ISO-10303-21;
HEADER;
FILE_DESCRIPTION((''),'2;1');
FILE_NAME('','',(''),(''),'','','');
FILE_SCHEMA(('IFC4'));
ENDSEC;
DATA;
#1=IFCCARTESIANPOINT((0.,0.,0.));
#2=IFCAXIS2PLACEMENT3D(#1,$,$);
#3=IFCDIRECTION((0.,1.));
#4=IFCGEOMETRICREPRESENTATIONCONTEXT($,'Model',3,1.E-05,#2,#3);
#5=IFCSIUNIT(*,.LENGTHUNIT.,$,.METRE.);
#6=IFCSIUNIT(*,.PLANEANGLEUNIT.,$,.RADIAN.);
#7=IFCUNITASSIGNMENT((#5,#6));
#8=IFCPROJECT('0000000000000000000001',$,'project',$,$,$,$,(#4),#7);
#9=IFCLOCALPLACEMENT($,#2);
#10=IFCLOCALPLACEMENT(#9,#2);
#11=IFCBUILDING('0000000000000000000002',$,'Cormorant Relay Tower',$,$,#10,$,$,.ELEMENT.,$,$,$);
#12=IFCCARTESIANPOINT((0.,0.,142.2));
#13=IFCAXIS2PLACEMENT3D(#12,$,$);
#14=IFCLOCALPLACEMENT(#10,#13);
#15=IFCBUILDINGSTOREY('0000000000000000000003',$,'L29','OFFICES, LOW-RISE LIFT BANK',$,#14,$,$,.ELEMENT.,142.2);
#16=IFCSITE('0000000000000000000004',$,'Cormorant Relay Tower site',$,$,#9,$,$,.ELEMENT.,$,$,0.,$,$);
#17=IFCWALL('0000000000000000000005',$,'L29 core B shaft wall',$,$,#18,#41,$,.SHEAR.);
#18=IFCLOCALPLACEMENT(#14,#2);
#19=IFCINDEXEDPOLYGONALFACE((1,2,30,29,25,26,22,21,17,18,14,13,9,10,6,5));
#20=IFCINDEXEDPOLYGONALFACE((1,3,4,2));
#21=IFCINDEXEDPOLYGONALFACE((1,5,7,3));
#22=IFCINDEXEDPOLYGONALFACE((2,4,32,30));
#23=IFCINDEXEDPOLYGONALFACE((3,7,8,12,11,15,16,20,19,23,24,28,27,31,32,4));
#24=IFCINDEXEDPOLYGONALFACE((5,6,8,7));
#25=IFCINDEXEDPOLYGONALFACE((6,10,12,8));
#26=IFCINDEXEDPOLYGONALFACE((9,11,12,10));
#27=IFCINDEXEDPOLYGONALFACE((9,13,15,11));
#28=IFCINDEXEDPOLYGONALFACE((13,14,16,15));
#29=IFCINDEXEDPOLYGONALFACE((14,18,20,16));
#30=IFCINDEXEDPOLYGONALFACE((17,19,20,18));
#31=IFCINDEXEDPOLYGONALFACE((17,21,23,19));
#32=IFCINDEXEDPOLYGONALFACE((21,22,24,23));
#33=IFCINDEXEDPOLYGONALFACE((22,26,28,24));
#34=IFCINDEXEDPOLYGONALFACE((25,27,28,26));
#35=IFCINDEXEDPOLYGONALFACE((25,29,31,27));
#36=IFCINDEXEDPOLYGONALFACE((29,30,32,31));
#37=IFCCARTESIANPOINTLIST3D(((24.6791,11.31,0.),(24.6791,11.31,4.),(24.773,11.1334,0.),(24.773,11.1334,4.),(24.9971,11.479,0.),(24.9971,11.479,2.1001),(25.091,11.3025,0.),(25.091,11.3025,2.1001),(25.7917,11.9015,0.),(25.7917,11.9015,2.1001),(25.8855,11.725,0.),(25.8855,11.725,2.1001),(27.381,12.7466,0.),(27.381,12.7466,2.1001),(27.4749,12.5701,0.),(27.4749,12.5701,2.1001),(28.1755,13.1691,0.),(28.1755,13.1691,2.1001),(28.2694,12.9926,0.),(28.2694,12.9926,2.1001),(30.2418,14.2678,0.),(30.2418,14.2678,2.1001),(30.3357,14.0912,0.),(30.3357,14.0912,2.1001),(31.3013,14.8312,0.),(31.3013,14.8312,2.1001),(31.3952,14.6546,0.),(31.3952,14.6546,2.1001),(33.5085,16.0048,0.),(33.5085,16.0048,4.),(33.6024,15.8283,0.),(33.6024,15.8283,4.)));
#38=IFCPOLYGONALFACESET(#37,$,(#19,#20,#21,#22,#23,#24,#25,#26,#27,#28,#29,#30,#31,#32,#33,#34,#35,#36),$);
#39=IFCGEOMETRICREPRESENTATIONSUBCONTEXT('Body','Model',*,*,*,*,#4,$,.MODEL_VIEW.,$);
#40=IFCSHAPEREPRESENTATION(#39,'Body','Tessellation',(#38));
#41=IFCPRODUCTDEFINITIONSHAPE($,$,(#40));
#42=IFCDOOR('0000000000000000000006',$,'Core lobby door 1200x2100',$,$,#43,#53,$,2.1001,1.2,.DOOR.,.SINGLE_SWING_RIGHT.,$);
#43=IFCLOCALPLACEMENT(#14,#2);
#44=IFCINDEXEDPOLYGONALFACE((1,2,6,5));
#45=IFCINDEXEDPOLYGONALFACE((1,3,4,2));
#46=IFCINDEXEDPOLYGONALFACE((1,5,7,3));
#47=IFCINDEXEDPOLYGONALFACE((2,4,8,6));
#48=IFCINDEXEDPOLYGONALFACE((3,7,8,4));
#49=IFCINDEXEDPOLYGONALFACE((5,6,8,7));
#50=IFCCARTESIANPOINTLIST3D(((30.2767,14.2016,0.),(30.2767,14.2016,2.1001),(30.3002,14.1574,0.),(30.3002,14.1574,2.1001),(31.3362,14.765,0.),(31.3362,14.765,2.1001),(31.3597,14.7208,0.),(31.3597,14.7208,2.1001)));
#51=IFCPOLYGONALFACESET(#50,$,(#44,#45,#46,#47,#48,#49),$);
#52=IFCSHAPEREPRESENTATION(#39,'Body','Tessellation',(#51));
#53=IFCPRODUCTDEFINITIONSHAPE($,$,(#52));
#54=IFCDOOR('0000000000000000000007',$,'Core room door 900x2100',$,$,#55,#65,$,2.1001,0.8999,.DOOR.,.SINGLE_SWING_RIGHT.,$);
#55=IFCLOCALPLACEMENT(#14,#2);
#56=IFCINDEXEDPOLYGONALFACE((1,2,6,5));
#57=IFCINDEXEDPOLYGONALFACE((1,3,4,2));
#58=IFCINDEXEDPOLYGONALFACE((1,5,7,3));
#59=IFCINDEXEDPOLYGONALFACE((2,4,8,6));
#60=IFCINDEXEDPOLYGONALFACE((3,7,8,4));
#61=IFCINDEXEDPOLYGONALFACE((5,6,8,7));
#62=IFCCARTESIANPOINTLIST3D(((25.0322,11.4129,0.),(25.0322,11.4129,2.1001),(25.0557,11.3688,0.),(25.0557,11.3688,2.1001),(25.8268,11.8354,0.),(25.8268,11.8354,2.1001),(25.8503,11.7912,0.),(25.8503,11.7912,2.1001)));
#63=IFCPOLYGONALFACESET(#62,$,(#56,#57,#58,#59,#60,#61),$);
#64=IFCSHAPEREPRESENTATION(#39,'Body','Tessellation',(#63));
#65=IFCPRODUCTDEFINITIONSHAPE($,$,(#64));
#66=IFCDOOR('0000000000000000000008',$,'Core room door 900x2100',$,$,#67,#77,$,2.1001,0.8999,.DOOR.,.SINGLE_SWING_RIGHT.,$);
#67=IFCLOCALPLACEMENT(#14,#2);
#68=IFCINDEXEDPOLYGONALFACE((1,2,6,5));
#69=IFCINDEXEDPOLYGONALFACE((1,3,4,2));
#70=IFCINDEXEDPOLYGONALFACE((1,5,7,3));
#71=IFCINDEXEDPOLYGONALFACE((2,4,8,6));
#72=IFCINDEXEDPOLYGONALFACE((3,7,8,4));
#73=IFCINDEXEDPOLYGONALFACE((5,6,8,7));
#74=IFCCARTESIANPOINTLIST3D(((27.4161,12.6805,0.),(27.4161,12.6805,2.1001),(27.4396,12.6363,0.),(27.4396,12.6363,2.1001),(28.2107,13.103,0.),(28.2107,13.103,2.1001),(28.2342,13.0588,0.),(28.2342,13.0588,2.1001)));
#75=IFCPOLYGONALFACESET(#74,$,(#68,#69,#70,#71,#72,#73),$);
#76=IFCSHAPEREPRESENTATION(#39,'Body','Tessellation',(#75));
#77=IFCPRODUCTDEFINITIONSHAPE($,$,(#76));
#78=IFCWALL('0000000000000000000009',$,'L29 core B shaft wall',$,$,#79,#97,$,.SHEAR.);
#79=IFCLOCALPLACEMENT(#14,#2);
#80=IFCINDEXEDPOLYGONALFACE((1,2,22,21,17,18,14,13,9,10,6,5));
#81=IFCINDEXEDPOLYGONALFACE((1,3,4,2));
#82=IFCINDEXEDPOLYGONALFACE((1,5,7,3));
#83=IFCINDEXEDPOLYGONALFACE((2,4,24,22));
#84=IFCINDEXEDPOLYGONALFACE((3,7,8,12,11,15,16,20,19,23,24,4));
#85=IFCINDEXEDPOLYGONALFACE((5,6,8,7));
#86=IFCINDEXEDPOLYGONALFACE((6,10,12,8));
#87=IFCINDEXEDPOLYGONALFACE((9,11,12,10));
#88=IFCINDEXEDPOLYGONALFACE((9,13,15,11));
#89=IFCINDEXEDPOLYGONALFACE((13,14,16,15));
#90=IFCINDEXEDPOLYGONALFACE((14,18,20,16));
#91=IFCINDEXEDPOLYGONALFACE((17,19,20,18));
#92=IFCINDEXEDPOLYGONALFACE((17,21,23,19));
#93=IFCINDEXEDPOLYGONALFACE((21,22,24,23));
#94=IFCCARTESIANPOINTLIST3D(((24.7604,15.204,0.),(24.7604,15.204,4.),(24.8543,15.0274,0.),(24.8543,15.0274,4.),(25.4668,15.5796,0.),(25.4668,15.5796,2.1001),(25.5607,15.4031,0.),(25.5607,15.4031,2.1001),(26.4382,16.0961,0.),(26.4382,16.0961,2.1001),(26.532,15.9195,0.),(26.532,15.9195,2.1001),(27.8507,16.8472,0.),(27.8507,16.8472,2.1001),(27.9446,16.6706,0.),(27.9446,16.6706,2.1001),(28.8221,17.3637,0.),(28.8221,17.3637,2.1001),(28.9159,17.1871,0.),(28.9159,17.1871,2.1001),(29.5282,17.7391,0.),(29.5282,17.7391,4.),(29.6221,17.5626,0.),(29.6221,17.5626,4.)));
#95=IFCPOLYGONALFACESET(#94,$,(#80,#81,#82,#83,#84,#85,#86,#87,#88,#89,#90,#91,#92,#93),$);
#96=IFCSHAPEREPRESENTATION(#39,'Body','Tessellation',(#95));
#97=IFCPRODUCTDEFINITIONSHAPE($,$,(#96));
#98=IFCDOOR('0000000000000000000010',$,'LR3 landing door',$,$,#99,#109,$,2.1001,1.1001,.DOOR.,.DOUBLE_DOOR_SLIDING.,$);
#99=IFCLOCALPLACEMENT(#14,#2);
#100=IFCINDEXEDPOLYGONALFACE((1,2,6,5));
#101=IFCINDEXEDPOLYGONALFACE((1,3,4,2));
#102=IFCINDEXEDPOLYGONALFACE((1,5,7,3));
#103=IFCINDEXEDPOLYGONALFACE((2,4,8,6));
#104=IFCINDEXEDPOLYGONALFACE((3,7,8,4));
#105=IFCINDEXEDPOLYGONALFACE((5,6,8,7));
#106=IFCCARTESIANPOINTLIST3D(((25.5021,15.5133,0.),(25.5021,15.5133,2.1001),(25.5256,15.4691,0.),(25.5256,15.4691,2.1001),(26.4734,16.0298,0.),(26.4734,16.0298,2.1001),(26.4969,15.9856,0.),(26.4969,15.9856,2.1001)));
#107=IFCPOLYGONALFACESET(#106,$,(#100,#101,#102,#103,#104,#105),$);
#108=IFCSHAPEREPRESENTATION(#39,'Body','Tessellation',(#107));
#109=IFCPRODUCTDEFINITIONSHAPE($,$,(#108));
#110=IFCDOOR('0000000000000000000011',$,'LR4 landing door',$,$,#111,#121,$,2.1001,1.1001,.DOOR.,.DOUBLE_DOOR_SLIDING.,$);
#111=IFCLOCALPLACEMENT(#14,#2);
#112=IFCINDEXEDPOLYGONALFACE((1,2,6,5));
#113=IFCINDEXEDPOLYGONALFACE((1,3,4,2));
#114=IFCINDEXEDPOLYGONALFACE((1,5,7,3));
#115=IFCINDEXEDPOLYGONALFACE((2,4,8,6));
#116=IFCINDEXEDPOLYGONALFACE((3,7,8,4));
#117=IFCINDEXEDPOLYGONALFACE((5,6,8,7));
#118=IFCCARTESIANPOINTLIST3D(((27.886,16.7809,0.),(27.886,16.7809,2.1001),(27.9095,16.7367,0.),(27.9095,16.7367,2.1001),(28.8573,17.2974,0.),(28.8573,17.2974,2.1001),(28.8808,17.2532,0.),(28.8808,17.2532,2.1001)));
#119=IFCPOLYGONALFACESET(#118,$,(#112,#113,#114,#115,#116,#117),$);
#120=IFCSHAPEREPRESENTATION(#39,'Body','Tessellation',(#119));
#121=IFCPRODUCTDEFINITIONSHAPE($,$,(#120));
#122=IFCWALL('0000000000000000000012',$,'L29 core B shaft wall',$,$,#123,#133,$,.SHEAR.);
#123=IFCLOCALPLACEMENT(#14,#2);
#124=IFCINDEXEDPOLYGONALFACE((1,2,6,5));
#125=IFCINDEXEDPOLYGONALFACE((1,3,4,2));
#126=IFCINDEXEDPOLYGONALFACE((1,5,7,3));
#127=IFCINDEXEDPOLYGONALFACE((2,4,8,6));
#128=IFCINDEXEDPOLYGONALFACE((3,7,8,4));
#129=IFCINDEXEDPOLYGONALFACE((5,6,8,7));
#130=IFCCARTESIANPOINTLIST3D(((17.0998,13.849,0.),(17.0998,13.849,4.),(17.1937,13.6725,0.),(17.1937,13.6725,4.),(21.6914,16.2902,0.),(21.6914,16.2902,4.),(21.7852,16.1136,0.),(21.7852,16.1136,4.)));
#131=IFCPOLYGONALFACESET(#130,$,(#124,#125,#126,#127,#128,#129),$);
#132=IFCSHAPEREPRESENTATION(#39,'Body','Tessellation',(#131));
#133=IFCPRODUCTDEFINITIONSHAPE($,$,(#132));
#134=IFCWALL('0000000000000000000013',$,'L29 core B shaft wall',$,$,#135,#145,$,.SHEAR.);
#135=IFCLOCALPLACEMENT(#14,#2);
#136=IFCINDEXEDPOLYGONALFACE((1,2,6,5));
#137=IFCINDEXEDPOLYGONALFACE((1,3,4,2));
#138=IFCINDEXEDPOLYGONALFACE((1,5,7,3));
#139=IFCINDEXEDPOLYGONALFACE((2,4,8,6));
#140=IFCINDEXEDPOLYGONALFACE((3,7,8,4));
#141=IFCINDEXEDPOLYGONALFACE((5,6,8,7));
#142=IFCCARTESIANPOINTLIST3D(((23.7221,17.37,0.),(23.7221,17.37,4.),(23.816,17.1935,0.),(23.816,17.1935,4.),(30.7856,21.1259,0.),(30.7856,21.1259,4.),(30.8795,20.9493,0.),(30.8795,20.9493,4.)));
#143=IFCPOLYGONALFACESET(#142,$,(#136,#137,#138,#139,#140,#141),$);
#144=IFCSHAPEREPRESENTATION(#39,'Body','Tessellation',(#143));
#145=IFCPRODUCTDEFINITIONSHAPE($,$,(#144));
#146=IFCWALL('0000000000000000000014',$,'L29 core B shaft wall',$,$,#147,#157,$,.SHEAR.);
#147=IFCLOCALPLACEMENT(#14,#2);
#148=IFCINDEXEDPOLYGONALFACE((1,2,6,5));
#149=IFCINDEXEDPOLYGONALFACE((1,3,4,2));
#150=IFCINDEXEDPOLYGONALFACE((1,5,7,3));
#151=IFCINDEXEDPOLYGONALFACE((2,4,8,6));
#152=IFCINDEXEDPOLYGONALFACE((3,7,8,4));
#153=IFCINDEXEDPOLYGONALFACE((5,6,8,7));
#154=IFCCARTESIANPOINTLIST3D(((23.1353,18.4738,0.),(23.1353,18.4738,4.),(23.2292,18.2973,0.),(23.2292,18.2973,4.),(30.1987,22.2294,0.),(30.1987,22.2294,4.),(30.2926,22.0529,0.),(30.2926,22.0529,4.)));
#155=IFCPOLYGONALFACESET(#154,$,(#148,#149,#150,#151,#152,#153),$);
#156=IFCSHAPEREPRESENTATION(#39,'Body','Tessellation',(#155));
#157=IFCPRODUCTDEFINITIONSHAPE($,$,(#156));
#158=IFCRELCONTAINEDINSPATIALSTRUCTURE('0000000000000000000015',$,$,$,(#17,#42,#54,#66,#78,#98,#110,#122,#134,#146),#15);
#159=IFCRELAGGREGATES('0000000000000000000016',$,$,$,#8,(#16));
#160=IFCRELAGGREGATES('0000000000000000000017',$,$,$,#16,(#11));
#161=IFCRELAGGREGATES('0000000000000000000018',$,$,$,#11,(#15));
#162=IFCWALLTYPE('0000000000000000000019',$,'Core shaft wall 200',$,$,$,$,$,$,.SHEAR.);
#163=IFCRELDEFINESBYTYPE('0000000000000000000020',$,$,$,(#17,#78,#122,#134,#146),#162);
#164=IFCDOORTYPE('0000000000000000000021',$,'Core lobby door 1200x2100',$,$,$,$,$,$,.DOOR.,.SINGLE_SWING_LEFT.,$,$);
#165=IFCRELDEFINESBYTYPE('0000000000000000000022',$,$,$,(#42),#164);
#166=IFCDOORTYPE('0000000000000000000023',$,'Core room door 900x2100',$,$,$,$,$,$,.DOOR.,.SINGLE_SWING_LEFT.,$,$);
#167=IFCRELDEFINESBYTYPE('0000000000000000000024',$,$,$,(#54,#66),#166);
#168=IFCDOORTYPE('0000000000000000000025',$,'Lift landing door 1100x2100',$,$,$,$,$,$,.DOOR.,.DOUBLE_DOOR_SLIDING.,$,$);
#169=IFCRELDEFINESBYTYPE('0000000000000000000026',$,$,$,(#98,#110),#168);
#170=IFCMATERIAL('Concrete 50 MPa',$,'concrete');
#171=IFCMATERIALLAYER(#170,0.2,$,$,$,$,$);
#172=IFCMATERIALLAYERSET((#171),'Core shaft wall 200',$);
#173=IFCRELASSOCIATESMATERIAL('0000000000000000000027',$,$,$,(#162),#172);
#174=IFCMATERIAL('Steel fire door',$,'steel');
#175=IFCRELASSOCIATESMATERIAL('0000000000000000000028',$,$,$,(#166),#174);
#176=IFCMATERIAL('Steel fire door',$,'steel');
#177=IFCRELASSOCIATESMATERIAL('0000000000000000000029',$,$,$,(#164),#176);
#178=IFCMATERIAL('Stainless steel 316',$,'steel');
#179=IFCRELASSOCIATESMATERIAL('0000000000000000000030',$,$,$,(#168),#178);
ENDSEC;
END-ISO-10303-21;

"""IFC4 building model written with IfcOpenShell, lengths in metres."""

from ifc_helpers import new_model, si_unit, direction, frame, frame_2d, origin, place, context, subcontext, project, spatial, rectangle, extrude, material, layer, layer_set, type_object, element, fill, save


model = new_model("IFC4")

# Units and contexts
model_context = context("Model", 3, precision=1e-05, world=origin(), true_north=direction((0.0, 1.0)))
body_context = subcontext(model_context, "Body", "Model", "MODEL_VIEW")
ifc_project = project(units=[si_unit("LENGTHUNIT", "METRE"), si_unit("PLANEANGLEUNIT", "RADIAN")], contexts=[model_context])

# Site, building, storey
site_placement = place(None, origin())
site = spatial("IfcSite", under=ifc_project, at=site_placement, Name="Cormorant Relay Tower site", CompositionType="ELEMENT", RefElevation=0.0)
building_placement = place(site_placement, origin())
building = spatial("IfcBuilding", under=site, at=building_placement, Name="Cormorant Relay Tower", CompositionType="ELEMENT")
storey_placement = place(building_placement, frame((0.0, 0.0, 142.2)))
storey = spatial("IfcBuildingStorey", under=building, at=storey_placement, Name="L29", Description="OFFICES, LOW-RISE LIFT BANK", CompositionType="ELEMENT", Elevation=142.2)

# Shared definitions
ifc_material_1 = material(Name="Concrete 50 MPa", Category="concrete")
ifc_layer_1 = layer(ifc_material_1, 0.2)
ifc_layer_set_1 = layer_set([ifc_layer_1], Name="Core shaft wall 200")
wall_type_1 = type_object("IfcWallType", Name="Core shaft wall 200", PredefinedType="SHEAR", material=ifc_layer_set_1)

# Shared definitions
ifc_material_2 = material(Name="Steel fire door", Category="steel")
door_type_1 = type_object("IfcDoorType", Name="Core room door 900x2100", OperationType="SINGLE_SWING_LEFT", PredefinedType="DOOR", material=ifc_material_2)

# Walls, openings, doors
wall_1_placement = place(storey_placement, frame((24.7261, 11.2217, 0.0), z_axis=(0.0, 0.0, 1.0), x_axis=(0.88294, 0.469485, 0.0)))
wall_1 = element("IfcWall", 1, at=wall_1_placement, inside=storey, type_object=wall_type_1, Name="L29 core B shaft wall", PredefinedType="SHEAR", context=body_context, shape_type="SweptSolid", body=[
    extrude(rectangle(XDim=10.0, YDim=0.2, at=frame_2d((5.0, 0.0))), origin(), (0.0, 0.0, 1.0), 4.0),
])
opening_1_placement = place(wall_1_placement, frame((6.3, 0.0, 0.0)))
opening_1 = element("IfcOpeningElement", 2, at=opening_1_placement, cuts=wall_1, PredefinedType="OPENING", context=body_context, shape_type="SweptSolid", body=[
    extrude(rectangle(XDim=1.2, YDim=2.1001, at=frame_2d((0.6001, 1.05))), frame((0.0, 0.1099, 0.0), z_axis=(0.0, -1.0, 0.0), x_axis=(1.0, 0.0, 0.0)), (0.0, 0.0, 1.0), 0.22),
])
opening_2_placement = place(wall_1_placement, frame((0.3601, 0.0, 0.0)))
opening_2 = element("IfcOpeningElement", 3, at=opening_2_placement, cuts=wall_1, PredefinedType="OPENING", context=body_context, shape_type="SweptSolid", body=[
    extrude(rectangle(XDim=0.8999, YDim=2.1001, at=frame_2d((0.45, 1.05))), frame((0.0, 0.1099, 0.0), z_axis=(0.0, -1.0, 0.0), x_axis=(1.0, 0.0, 0.0)), (0.0, 0.0, 1.0), 0.22),
])
opening_3_placement = place(wall_1_placement, frame((3.0601, 0.0, 0.0)))
opening_3 = element("IfcOpeningElement", 4, at=opening_3_placement, cuts=wall_1, PredefinedType="OPENING", context=body_context, shape_type="SweptSolid", body=[
    extrude(rectangle(XDim=0.8999, YDim=2.1001, at=frame_2d((0.45, 1.05))), frame((0.0, 0.1099, 0.0), z_axis=(0.0, -1.0, 0.0), x_axis=(1.0, 0.0, 0.0)), (0.0, 0.0, 1.0), 0.22),
])
ifc_material_3 = material(Name="Steel fire door", Category="steel")
door_type_2 = type_object("IfcDoorType", Name="Core lobby door 1200x2100", OperationType="SINGLE_SWING_LEFT", PredefinedType="DOOR", material=ifc_material_3)
door_1_placement = place(opening_1_placement, frame((1.2, 0.0, 0.0), z_axis=(0.0, 0.0, 1.0), x_axis=(-1.0, 0.0, 0.0)))
door_1 = element("IfcDoor", 5, at=door_1_placement, inside=storey, type_object=door_type_2, Name="Core lobby door 1200x2100", OperationType="SINGLE_SWING_RIGHT", OverallHeight=2.1001, OverallWidth=1.2, PredefinedType="DOOR", context=body_context, shape_type="SweptSolid", body=[
    extrude(rectangle(XDim=1.2, YDim=2.1001, at=frame_2d((0.6001, 1.05))), frame((0.0, 0.0249, 0.0), z_axis=(0.0, -1.0, 0.0), x_axis=(1.0, 0.0, 0.0)), (0.0, 0.0, 1.0), 0.05),
])
fill(opening_1, door_1)
door_2_placement = place(opening_2_placement, frame((0.8999, 0.0, 0.0), z_axis=(0.0, 0.0, 1.0), x_axis=(-1.0, 0.0, 0.0)))
door_2 = element("IfcDoor", 6, at=door_2_placement, inside=storey, type_object=door_type_1, Name="Core room door 900x2100", OperationType="SINGLE_SWING_RIGHT", OverallHeight=2.1001, OverallWidth=0.8999, PredefinedType="DOOR", context=body_context, shape_type="SweptSolid", body=[
    extrude(rectangle(XDim=0.8999, YDim=2.1001, at=frame_2d((0.45, 1.05))), frame((0.0, 0.0249, 0.0), z_axis=(0.0, -1.0, 0.0), x_axis=(1.0, 0.0, 0.0)), (0.0, 0.0, 1.0), 0.05),
])
fill(opening_2, door_2)
door_3_placement = place(opening_3_placement, frame((0.8999, 0.0, 0.0), z_axis=(0.0, 0.0, 1.0), x_axis=(-1.0, 0.0, 0.0)))
door_3 = element("IfcDoor", 7, at=door_3_placement, inside=storey, type_object=door_type_1, Name="Core room door 900x2100", OperationType="SINGLE_SWING_RIGHT", OverallHeight=2.1001, OverallWidth=0.8999, PredefinedType="DOOR", context=body_context, shape_type="SweptSolid", body=[
    extrude(rectangle(XDim=0.8999, YDim=2.1001, at=frame_2d((0.45, 1.05))), frame((0.0, 0.0249, 0.0), z_axis=(0.0, -1.0, 0.0), x_axis=(1.0, 0.0, 0.0)), (0.0, 0.0, 1.0), 0.05),
])
fill(opening_3, door_3)
wall_2_placement = place(storey_placement, frame((24.8074, 15.1157, 0.0), z_axis=(0.0, 0.0, 1.0), x_axis=(0.882943, 0.46948, 0.0)))
wall_2 = element("IfcWall", 8, at=wall_2_placement, inside=storey, type_object=wall_type_1, Name="L29 core B shaft wall", PredefinedType="SHEAR", context=body_context, shape_type="SweptSolid", body=[
    extrude(rectangle(XDim=5.3999, YDim=0.2, at=frame_2d((2.7, 0.0))), origin(), (0.0, 0.0, 1.0), 4.0),
])
opening_4_placement = place(wall_2_placement, frame((0.8, 0.0, 0.0)))
opening_4 = element("IfcOpeningElement", 9, at=opening_4_placement, cuts=wall_2, PredefinedType="OPENING", context=body_context, shape_type="SweptSolid", body=[
    extrude(rectangle(XDim=1.1001, YDim=2.1001, at=frame_2d((0.55, 1.05))), frame((0.0, 0.1099, 0.0), z_axis=(0.0, -1.0, 0.0), x_axis=(1.0, 0.0, 0.0)), (0.0, 0.0, 1.0), 0.22),
])
opening_5_placement = place(wall_2_placement, frame((3.5, 0.0, 0.0)))
opening_5 = element("IfcOpeningElement", 10, at=opening_5_placement, cuts=wall_2, PredefinedType="OPENING", context=body_context, shape_type="SweptSolid", body=[
    extrude(rectangle(XDim=1.1001, YDim=2.1001, at=frame_2d((0.55, 1.05))), frame((0.0, 0.1099, 0.0), z_axis=(0.0, -1.0, 0.0), x_axis=(1.0, 0.0, 0.0)), (0.0, 0.0, 1.0), 0.22),
])
ifc_material_4 = material(Name="Stainless steel 316", Category="steel")
door_type_3 = type_object("IfcDoorType", Name="Lift landing door 1100x2100", OperationType="DOUBLE_DOOR_SLIDING", PredefinedType="DOOR", material=ifc_material_4)
door_4_placement = place(opening_4_placement, origin())
door_4 = element("IfcDoor", 11, at=door_4_placement, inside=storey, type_object=door_type_3, Name="LR3 landing door", OperationType="DOUBLE_DOOR_SLIDING", OverallHeight=2.1001, OverallWidth=1.1001, PredefinedType="DOOR", context=body_context, shape_type="SweptSolid", body=[
    extrude(rectangle(XDim=1.1001, YDim=2.1001, at=frame_2d((0.55, 1.05))), frame((0.0, 0.0249, 0.0), z_axis=(0.0, -1.0, 0.0), x_axis=(1.0, 0.0, 0.0)), (0.0, 0.0, 1.0), 0.05),
])
fill(opening_4, door_4)
door_5_placement = place(opening_5_placement, origin())
door_5 = element("IfcDoor", 12, at=door_5_placement, inside=storey, type_object=door_type_3, Name="LR4 landing door", OperationType="DOUBLE_DOOR_SLIDING", OverallHeight=2.1001, OverallWidth=1.1001, PredefinedType="DOOR", context=body_context, shape_type="SweptSolid", body=[
    extrude(rectangle(XDim=1.1001, YDim=2.1001, at=frame_2d((0.55, 1.05))), frame((0.0, 0.0249, 0.0), z_axis=(0.0, -1.0, 0.0), x_axis=(1.0, 0.0, 0.0)), (0.0, 0.0, 1.0), 0.05),
])
fill(opening_5, door_5)

# Walls
wall_3_placement = place(storey_placement, frame((17.1467, 13.7607, 0.0), z_axis=(0.0, 0.0, 1.0), x_axis=(0.882964, 0.46944, 0.0)))
element("IfcWall", 13, at=wall_3_placement, inside=storey, type_object=wall_type_1, Name="L29 core B shaft wall", PredefinedType="SHEAR", context=body_context, shape_type="SweptSolid", body=[
    extrude(rectangle(XDim=5.2002, YDim=0.2, at=frame_2d((2.6001, 0.0))), origin(), (0.0, 0.0, 1.0), 4.0),
])
wall_4_placement = place(storey_placement, frame((23.769, 17.2817, 0.0), z_axis=(0.0, 0.0, 1.0), x_axis=(0.88294, 0.469485, 0.0)))
element("IfcWall", 14, at=wall_4_placement, inside=storey, type_object=wall_type_1, Name="L29 core B shaft wall", PredefinedType="SHEAR", context=body_context, shape_type="SweptSolid", body=[
    extrude(rectangle(XDim=8.0, YDim=0.2, at=frame_2d((4.0, 0.0))), origin(), (0.0, 0.0, 1.0), 4.0),
])
wall_5_placement = place(storey_placement, frame((23.1821, 18.3855, 0.0), z_axis=(0.0, 0.0, 1.0), x_axis=(0.882953, 0.469462, 0.0)))
element("IfcWall", 15, at=wall_5_placement, inside=storey, type_object=wall_type_1, Name="L29 core B shaft wall", PredefinedType="SHEAR", context=body_context, shape_type="SweptSolid", body=[
    extrude(rectangle(XDim=7.9998, YDim=0.2, at=frame_2d((4.0, 0.0))), origin(), (0.0, 0.0, 1.0), 4.0),
])

save(model, "model.ifc")
